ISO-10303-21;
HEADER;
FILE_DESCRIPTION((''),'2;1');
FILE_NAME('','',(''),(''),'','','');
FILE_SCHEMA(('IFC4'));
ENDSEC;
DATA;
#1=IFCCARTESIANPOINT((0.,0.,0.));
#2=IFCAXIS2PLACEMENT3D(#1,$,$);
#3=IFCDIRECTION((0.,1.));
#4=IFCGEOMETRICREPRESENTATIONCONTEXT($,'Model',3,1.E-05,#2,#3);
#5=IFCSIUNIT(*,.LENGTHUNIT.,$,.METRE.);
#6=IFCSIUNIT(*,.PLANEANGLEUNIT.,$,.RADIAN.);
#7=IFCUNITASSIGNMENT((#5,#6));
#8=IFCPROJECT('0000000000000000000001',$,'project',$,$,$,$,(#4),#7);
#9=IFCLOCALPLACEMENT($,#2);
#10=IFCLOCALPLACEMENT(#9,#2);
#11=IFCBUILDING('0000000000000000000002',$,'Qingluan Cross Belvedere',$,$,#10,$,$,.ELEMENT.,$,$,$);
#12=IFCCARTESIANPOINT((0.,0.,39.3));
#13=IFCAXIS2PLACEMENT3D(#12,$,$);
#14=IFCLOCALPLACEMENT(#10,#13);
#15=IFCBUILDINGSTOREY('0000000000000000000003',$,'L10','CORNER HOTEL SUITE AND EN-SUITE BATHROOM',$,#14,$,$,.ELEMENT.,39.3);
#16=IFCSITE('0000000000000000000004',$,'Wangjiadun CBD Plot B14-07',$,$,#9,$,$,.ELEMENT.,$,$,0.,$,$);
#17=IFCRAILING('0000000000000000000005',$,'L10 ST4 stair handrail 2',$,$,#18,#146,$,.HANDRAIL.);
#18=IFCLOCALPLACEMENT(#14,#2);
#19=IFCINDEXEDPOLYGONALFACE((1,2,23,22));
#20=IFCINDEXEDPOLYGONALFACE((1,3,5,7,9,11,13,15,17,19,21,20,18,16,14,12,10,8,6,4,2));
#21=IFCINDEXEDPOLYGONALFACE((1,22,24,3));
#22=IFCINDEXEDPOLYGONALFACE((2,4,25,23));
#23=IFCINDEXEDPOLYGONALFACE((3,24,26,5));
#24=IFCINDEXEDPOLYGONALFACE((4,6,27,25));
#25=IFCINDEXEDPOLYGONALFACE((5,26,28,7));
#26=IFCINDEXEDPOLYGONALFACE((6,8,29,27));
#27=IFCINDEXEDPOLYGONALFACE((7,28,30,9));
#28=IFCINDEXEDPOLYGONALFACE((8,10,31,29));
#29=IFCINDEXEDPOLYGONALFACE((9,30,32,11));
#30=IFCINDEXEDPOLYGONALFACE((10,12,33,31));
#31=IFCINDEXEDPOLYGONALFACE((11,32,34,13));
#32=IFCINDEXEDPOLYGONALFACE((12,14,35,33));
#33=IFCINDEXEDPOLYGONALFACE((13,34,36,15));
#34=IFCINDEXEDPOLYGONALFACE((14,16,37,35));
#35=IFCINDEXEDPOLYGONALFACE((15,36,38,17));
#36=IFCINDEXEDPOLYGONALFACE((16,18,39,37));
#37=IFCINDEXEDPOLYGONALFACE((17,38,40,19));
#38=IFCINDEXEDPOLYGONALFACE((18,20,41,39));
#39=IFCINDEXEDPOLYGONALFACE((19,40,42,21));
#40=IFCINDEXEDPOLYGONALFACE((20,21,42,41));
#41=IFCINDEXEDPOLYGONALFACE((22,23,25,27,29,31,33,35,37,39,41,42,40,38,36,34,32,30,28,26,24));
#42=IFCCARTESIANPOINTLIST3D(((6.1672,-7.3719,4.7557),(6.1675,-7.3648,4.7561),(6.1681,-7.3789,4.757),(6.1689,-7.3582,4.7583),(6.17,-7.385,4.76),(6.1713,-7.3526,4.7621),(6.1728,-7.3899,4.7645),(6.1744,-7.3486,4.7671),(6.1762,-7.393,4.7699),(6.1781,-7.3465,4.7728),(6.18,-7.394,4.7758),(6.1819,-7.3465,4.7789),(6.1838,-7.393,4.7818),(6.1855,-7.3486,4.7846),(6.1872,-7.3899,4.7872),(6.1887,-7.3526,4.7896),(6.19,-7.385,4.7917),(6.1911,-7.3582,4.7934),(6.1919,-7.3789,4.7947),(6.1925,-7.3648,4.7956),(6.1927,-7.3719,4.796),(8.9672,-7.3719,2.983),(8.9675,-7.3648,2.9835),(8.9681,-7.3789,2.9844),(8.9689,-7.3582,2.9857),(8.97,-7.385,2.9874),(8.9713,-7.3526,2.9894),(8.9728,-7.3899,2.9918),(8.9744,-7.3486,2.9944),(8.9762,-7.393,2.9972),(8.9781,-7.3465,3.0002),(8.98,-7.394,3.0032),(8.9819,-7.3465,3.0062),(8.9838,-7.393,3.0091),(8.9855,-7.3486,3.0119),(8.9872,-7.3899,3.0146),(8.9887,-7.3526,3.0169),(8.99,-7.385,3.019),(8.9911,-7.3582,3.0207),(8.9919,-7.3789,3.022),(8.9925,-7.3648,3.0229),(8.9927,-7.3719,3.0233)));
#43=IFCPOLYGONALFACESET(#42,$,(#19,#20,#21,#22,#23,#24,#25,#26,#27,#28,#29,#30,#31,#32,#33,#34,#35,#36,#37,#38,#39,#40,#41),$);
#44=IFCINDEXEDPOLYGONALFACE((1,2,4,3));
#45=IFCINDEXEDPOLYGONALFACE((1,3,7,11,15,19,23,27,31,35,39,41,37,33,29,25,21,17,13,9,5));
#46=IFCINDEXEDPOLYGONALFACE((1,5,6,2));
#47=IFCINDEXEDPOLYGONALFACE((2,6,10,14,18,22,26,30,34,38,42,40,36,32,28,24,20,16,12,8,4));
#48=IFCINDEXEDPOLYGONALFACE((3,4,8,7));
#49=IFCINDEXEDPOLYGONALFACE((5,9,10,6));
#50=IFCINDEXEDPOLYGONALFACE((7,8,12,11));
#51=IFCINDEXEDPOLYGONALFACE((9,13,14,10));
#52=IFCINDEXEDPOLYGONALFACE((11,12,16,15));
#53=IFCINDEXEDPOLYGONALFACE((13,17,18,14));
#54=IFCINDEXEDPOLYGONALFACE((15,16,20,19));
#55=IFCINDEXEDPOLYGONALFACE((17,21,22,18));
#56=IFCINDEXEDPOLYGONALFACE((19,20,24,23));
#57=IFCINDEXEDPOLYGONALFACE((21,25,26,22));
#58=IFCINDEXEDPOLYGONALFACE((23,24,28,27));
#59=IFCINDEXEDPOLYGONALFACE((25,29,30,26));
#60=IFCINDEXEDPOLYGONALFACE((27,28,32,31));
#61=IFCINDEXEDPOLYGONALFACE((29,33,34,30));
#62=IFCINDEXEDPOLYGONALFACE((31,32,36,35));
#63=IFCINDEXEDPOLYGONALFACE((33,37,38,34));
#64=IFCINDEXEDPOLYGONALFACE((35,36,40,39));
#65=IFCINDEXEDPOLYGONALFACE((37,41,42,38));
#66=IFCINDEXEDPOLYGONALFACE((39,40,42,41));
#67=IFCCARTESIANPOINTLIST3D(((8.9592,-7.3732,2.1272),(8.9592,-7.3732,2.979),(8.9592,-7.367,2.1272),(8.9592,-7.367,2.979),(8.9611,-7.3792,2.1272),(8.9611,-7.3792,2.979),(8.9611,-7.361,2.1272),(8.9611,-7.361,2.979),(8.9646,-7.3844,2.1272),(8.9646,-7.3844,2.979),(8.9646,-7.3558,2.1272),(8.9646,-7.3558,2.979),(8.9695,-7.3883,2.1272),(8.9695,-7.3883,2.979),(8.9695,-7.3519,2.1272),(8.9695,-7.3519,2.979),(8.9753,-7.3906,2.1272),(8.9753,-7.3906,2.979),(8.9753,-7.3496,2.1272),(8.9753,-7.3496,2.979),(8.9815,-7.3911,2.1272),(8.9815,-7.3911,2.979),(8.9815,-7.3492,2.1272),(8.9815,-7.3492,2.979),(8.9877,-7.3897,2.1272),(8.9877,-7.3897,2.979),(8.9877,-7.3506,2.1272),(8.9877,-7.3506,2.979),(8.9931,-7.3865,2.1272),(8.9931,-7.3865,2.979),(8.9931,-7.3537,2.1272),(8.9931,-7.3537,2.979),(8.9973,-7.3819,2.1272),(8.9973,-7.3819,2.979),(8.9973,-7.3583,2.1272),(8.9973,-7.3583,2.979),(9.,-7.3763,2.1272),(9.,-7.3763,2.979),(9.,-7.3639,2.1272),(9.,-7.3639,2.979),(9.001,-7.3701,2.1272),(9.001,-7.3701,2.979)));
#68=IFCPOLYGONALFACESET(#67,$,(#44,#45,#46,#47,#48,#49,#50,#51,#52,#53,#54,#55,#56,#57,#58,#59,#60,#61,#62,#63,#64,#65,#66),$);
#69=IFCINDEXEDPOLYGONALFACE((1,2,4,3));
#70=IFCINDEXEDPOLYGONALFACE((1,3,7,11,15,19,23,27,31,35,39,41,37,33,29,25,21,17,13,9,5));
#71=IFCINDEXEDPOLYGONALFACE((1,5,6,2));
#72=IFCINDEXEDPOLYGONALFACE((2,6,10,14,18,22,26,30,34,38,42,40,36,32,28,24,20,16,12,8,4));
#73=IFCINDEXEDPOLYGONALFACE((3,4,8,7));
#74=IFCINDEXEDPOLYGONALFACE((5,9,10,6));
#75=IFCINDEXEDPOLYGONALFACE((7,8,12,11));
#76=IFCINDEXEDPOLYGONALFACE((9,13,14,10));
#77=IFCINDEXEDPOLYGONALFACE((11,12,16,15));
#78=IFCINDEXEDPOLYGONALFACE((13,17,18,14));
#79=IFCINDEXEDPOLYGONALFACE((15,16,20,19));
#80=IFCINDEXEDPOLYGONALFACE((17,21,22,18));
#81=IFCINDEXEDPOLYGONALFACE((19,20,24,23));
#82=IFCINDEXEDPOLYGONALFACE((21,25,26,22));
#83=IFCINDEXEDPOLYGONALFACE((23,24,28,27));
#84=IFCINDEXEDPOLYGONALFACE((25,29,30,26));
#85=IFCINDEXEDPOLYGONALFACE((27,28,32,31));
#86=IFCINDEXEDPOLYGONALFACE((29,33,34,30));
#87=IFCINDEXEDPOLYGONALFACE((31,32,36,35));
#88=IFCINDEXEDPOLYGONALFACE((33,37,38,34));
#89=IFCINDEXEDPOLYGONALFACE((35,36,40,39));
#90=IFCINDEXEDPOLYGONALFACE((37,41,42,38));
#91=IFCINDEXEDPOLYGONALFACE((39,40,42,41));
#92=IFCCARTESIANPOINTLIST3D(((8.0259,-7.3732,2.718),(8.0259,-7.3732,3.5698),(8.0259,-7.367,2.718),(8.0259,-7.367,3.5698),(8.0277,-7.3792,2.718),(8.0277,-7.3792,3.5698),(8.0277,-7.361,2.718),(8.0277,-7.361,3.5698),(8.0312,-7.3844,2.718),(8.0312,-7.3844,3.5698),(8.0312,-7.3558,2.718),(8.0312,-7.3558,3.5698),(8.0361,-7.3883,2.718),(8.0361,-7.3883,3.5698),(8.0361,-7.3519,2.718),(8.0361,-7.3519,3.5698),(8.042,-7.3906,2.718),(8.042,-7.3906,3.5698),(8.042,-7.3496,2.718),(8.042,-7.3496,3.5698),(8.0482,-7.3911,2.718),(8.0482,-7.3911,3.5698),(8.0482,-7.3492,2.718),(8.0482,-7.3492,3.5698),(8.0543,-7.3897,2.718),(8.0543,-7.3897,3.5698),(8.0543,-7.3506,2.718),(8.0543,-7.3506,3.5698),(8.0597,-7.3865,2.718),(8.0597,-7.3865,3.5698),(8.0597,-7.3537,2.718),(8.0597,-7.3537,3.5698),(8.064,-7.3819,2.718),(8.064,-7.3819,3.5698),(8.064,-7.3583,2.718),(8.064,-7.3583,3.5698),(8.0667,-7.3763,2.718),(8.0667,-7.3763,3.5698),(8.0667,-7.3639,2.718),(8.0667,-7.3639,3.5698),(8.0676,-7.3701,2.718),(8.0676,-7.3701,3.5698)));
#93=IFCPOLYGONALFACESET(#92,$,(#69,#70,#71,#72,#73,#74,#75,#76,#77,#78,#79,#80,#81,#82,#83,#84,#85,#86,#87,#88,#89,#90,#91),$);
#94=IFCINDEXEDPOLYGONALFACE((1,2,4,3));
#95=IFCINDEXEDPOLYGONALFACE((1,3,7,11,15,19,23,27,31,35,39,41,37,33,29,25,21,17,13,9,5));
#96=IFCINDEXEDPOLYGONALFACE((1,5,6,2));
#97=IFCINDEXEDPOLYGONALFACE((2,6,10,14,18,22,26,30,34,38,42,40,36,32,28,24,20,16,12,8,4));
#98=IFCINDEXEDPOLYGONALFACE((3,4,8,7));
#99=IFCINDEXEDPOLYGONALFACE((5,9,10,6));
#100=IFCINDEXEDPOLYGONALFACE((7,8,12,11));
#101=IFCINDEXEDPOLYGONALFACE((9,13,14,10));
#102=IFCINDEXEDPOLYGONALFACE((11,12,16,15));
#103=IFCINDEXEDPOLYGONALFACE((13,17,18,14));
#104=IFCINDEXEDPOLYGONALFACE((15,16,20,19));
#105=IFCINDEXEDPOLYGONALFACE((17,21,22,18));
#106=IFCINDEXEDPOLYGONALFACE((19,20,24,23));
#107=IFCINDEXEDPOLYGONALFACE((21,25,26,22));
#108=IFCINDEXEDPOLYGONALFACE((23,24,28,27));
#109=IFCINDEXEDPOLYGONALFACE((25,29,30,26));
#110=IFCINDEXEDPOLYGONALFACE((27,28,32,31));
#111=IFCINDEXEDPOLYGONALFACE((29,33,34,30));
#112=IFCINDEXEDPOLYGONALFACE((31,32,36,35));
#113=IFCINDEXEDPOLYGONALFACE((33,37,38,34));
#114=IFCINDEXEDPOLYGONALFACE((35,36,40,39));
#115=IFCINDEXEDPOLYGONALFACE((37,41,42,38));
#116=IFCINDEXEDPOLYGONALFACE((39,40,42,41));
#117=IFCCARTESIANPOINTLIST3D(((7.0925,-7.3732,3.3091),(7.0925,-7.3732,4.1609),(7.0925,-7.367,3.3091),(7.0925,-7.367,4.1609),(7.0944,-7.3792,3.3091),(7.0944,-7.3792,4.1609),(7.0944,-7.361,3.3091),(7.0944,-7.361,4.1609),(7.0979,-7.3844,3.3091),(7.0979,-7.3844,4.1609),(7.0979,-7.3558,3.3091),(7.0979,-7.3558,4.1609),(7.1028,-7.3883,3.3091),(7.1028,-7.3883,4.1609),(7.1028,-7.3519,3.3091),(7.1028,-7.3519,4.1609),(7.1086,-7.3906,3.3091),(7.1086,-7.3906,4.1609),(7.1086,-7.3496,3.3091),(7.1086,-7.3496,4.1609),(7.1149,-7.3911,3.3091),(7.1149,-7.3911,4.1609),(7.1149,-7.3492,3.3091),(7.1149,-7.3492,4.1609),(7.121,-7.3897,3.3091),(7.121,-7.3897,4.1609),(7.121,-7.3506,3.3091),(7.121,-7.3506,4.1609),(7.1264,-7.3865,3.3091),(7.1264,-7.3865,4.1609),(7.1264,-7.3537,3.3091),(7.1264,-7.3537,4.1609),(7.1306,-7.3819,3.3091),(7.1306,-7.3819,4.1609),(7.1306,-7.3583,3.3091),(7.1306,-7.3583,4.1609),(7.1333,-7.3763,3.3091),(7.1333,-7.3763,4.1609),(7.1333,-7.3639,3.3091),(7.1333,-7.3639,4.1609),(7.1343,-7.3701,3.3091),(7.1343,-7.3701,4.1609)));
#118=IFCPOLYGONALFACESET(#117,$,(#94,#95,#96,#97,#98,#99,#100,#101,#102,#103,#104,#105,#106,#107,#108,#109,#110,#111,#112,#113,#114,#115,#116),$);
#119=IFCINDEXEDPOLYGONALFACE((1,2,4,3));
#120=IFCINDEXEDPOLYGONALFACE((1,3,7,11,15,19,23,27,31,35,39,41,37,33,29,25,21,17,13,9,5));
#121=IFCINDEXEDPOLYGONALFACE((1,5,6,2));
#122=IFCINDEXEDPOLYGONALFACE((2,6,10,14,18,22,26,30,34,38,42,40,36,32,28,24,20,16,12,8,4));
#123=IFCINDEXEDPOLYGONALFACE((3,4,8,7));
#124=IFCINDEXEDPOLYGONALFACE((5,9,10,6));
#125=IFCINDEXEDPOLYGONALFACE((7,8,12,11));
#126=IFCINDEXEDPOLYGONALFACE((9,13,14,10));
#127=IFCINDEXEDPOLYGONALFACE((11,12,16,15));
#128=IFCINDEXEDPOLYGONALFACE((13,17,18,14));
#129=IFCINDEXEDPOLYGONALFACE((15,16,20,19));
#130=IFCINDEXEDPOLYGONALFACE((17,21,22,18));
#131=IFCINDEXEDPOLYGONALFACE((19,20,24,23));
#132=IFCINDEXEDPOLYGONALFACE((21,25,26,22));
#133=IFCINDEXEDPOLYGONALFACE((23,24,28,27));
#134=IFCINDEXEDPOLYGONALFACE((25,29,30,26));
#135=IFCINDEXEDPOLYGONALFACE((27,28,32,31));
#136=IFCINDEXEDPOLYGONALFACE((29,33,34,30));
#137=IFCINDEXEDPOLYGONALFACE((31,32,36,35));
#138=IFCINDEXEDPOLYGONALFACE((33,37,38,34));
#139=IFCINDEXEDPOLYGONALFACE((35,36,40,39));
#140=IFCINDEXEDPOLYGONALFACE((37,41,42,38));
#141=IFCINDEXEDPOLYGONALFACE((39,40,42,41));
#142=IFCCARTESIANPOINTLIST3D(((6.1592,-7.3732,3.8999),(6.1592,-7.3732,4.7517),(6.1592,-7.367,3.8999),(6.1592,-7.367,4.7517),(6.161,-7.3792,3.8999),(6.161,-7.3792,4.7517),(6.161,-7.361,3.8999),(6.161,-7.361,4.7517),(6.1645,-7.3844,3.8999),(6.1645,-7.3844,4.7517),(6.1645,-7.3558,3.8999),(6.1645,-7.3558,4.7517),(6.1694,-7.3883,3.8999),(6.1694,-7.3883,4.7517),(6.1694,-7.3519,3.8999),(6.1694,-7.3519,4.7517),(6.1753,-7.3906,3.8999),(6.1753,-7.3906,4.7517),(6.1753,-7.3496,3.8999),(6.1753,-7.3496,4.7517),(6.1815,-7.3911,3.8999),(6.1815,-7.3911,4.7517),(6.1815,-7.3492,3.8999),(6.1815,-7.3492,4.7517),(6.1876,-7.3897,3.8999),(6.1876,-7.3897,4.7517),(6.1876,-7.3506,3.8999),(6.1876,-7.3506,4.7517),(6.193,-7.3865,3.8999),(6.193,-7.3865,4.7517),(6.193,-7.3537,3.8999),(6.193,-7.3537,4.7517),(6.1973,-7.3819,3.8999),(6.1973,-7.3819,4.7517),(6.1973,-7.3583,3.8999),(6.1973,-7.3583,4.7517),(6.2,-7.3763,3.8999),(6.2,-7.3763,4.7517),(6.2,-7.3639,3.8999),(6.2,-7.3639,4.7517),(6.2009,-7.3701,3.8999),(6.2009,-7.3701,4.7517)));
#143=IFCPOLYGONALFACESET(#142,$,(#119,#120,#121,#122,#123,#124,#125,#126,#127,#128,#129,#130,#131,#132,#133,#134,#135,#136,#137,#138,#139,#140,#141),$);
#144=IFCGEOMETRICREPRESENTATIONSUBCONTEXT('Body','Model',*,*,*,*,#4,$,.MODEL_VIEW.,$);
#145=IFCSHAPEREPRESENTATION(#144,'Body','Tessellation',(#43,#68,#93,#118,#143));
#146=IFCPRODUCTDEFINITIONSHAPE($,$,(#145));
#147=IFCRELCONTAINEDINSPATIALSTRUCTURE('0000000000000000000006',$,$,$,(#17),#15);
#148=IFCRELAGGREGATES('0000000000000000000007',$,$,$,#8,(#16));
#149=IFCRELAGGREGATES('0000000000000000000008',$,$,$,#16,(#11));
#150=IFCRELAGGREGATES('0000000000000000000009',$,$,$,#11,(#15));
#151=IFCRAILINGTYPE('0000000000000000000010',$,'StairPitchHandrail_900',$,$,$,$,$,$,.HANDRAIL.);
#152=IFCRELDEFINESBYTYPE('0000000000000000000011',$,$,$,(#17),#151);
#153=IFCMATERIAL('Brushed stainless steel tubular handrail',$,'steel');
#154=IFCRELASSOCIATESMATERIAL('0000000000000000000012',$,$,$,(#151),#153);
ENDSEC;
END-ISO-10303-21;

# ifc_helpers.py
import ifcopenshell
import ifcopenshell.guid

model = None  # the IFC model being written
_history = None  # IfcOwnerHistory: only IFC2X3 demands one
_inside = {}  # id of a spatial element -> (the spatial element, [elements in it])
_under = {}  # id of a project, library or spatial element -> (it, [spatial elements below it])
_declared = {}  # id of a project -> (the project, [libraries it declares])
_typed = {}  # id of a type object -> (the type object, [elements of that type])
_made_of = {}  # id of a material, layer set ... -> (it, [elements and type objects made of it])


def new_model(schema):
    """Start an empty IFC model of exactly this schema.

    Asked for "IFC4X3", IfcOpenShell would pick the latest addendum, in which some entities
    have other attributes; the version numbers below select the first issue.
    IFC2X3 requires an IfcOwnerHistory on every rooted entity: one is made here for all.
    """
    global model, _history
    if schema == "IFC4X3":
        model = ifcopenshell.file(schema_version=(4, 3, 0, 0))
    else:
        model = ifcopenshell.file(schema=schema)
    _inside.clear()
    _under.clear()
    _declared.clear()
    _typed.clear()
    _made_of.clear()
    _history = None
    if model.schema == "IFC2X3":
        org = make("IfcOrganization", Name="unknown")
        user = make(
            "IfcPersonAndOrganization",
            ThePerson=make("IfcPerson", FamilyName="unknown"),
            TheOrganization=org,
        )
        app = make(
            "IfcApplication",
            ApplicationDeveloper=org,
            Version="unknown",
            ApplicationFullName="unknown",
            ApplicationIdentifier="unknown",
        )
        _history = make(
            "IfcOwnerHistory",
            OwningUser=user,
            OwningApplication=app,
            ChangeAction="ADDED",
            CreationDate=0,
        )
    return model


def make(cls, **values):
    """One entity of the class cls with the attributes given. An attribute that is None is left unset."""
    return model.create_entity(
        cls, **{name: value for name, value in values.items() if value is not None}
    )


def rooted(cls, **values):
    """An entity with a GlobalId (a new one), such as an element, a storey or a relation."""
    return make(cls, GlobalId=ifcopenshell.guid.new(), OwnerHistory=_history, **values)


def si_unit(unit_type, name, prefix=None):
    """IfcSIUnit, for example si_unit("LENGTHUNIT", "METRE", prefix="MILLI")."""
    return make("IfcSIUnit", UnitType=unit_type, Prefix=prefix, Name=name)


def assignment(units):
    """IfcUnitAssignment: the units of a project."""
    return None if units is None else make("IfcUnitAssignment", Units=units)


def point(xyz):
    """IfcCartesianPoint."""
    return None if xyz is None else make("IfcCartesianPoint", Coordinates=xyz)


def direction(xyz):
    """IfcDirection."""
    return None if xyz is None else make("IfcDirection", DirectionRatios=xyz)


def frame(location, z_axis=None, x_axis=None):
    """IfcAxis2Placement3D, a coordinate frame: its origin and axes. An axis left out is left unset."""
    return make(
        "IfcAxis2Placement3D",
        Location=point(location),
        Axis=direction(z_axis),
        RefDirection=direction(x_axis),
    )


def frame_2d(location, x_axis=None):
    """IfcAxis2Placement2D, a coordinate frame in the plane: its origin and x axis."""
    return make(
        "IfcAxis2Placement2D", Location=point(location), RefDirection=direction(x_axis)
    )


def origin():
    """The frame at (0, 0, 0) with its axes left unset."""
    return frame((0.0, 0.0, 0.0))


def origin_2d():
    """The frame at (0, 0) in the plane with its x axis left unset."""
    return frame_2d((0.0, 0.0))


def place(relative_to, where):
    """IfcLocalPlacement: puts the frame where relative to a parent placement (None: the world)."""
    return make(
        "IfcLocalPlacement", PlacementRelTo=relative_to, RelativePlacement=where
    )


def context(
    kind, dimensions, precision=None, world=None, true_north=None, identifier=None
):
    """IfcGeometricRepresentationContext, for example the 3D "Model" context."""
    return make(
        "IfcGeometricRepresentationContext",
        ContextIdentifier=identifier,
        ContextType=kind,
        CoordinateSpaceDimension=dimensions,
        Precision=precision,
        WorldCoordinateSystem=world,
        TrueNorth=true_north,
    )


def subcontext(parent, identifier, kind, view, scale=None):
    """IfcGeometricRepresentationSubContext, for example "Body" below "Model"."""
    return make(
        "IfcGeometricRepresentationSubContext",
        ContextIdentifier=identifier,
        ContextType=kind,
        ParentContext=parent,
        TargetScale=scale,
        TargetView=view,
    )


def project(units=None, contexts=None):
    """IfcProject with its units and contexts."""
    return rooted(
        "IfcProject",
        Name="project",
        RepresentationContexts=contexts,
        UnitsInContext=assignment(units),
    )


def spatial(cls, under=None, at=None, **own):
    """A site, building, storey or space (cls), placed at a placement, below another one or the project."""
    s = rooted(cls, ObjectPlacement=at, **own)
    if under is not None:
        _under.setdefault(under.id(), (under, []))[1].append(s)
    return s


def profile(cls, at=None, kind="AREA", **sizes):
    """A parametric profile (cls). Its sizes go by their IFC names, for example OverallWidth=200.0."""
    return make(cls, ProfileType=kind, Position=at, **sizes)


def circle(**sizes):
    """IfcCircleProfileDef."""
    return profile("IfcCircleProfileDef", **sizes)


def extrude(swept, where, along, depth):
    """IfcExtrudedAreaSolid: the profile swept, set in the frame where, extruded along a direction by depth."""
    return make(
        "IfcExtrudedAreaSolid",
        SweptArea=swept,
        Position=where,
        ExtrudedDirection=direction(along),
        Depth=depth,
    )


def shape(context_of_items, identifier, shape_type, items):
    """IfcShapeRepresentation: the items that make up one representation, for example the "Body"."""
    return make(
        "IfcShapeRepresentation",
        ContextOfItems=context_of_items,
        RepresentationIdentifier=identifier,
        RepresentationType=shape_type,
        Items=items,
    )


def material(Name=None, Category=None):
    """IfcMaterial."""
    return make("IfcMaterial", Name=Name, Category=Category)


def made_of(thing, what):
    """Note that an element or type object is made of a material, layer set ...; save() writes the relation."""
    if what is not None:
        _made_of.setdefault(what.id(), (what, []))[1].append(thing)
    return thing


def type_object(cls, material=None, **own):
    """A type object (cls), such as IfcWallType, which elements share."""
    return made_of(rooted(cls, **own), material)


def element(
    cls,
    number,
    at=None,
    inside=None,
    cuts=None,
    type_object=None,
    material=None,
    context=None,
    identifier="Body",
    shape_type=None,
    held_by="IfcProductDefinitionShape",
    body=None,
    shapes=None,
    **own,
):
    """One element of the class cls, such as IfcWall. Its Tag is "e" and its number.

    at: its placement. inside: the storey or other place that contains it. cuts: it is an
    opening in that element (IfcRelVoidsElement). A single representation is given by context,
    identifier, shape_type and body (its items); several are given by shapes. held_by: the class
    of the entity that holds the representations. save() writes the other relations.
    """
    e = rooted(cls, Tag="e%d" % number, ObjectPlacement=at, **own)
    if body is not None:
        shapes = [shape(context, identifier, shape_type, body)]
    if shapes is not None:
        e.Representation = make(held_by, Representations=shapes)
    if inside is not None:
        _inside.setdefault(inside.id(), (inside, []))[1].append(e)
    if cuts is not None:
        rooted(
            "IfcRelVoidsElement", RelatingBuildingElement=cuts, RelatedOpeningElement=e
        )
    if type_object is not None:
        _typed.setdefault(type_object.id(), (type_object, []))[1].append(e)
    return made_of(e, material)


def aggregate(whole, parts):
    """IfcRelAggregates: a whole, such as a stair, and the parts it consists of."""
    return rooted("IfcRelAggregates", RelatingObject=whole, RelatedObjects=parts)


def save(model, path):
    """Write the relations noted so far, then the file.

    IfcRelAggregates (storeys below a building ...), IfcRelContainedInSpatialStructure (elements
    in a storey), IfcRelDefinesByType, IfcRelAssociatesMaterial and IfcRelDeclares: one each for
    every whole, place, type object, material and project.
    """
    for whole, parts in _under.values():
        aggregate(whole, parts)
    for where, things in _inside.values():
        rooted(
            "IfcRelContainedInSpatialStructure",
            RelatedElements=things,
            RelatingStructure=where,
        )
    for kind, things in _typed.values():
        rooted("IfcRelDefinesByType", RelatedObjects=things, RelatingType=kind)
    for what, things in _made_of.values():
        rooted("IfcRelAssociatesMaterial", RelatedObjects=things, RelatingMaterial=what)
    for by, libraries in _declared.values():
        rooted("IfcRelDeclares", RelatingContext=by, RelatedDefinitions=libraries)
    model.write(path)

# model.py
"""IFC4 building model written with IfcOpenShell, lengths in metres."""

from ifc_helpers import new_model, si_unit, direction, frame, origin, origin_2d, place, context, subcontext, project, spatial, circle, extrude, material, type_object, element, save


model = new_model("IFC4")

# Units and contexts
model_context = context("Model", 3, precision=1e-05, world=origin(), true_north=direction((0.0, 1.0)))
body_context = subcontext(model_context, "Body", "Model", "MODEL_VIEW")
ifc_project = project(units=[si_unit("LENGTHUNIT", "METRE"), si_unit("PLANEANGLEUNIT", "RADIAN")], contexts=[model_context])

# Site, building, storey
site_placement = place(None, origin())
site = spatial("IfcSite", under=ifc_project, at=site_placement, Name="Wangjiadun CBD Plot B14-07", CompositionType="ELEMENT", RefElevation=0.0)
building_placement = place(site_placement, origin())
building = spatial("IfcBuilding", under=site, at=building_placement, Name="Qingluan Cross Belvedere", CompositionType="ELEMENT")
storey_placement = place(building_placement, frame((0.0, 0.0, 39.3)))
storey = spatial("IfcBuildingStorey", under=building, at=storey_placement, Name="L10", Description="CORNER HOTEL SUITE AND EN-SUITE BATHROOM", CompositionType="ELEMENT", Elevation=39.3)

# Railing
ifc_material_1 = material(Name="Brushed stainless steel tubular handrail", Category="steel")
railing_type_1 = type_object("IfcRailingType", Name="StairPitchHandrail_900", PredefinedType="HANDRAIL", material=ifc_material_1)
for number, where, name in (
    (1, (8.98, -7.3701, 2.1272), "L10 ST4 stair handrail 2"),
):
    element("IfcRailing", number, at=place(storey_placement, frame(where)), inside=storey, type_object=railing_type_1, Name=name, PredefinedType="HANDRAIL", context=body_context, shape_type="SweptSolid", body=[
        extrude(circle(Radius=0.0239, at=origin_2d()), frame((0.0, 0.0, 0.876), z_axis=(-0.844909, 0.0, 0.53491), x_axis=(0.0, -1.0, 0.0)), (0.0, 0.0, 1.0), 3.314),
        extrude(circle(Radius=0.021, at=origin_2d()), origin(), (0.0, 0.0, 1.0), 0.8518),
        extrude(circle(Radius=0.021, at=origin_2d()), frame((-0.9333, 0.0, 0.5908)), (0.0, 0.0, 1.0), 0.8518),
        extrude(circle(Radius=0.021, at=origin_2d()), frame((-1.8667, 0.0, 1.1819)), (0.0, 0.0, 1.0), 0.8518),
        extrude(circle(Radius=0.021, at=origin_2d()), frame((-2.8, 0.0, 1.7727)), (0.0, 0.0, 1.0), 0.8518),
    ])

save(model, "model.ifc")
